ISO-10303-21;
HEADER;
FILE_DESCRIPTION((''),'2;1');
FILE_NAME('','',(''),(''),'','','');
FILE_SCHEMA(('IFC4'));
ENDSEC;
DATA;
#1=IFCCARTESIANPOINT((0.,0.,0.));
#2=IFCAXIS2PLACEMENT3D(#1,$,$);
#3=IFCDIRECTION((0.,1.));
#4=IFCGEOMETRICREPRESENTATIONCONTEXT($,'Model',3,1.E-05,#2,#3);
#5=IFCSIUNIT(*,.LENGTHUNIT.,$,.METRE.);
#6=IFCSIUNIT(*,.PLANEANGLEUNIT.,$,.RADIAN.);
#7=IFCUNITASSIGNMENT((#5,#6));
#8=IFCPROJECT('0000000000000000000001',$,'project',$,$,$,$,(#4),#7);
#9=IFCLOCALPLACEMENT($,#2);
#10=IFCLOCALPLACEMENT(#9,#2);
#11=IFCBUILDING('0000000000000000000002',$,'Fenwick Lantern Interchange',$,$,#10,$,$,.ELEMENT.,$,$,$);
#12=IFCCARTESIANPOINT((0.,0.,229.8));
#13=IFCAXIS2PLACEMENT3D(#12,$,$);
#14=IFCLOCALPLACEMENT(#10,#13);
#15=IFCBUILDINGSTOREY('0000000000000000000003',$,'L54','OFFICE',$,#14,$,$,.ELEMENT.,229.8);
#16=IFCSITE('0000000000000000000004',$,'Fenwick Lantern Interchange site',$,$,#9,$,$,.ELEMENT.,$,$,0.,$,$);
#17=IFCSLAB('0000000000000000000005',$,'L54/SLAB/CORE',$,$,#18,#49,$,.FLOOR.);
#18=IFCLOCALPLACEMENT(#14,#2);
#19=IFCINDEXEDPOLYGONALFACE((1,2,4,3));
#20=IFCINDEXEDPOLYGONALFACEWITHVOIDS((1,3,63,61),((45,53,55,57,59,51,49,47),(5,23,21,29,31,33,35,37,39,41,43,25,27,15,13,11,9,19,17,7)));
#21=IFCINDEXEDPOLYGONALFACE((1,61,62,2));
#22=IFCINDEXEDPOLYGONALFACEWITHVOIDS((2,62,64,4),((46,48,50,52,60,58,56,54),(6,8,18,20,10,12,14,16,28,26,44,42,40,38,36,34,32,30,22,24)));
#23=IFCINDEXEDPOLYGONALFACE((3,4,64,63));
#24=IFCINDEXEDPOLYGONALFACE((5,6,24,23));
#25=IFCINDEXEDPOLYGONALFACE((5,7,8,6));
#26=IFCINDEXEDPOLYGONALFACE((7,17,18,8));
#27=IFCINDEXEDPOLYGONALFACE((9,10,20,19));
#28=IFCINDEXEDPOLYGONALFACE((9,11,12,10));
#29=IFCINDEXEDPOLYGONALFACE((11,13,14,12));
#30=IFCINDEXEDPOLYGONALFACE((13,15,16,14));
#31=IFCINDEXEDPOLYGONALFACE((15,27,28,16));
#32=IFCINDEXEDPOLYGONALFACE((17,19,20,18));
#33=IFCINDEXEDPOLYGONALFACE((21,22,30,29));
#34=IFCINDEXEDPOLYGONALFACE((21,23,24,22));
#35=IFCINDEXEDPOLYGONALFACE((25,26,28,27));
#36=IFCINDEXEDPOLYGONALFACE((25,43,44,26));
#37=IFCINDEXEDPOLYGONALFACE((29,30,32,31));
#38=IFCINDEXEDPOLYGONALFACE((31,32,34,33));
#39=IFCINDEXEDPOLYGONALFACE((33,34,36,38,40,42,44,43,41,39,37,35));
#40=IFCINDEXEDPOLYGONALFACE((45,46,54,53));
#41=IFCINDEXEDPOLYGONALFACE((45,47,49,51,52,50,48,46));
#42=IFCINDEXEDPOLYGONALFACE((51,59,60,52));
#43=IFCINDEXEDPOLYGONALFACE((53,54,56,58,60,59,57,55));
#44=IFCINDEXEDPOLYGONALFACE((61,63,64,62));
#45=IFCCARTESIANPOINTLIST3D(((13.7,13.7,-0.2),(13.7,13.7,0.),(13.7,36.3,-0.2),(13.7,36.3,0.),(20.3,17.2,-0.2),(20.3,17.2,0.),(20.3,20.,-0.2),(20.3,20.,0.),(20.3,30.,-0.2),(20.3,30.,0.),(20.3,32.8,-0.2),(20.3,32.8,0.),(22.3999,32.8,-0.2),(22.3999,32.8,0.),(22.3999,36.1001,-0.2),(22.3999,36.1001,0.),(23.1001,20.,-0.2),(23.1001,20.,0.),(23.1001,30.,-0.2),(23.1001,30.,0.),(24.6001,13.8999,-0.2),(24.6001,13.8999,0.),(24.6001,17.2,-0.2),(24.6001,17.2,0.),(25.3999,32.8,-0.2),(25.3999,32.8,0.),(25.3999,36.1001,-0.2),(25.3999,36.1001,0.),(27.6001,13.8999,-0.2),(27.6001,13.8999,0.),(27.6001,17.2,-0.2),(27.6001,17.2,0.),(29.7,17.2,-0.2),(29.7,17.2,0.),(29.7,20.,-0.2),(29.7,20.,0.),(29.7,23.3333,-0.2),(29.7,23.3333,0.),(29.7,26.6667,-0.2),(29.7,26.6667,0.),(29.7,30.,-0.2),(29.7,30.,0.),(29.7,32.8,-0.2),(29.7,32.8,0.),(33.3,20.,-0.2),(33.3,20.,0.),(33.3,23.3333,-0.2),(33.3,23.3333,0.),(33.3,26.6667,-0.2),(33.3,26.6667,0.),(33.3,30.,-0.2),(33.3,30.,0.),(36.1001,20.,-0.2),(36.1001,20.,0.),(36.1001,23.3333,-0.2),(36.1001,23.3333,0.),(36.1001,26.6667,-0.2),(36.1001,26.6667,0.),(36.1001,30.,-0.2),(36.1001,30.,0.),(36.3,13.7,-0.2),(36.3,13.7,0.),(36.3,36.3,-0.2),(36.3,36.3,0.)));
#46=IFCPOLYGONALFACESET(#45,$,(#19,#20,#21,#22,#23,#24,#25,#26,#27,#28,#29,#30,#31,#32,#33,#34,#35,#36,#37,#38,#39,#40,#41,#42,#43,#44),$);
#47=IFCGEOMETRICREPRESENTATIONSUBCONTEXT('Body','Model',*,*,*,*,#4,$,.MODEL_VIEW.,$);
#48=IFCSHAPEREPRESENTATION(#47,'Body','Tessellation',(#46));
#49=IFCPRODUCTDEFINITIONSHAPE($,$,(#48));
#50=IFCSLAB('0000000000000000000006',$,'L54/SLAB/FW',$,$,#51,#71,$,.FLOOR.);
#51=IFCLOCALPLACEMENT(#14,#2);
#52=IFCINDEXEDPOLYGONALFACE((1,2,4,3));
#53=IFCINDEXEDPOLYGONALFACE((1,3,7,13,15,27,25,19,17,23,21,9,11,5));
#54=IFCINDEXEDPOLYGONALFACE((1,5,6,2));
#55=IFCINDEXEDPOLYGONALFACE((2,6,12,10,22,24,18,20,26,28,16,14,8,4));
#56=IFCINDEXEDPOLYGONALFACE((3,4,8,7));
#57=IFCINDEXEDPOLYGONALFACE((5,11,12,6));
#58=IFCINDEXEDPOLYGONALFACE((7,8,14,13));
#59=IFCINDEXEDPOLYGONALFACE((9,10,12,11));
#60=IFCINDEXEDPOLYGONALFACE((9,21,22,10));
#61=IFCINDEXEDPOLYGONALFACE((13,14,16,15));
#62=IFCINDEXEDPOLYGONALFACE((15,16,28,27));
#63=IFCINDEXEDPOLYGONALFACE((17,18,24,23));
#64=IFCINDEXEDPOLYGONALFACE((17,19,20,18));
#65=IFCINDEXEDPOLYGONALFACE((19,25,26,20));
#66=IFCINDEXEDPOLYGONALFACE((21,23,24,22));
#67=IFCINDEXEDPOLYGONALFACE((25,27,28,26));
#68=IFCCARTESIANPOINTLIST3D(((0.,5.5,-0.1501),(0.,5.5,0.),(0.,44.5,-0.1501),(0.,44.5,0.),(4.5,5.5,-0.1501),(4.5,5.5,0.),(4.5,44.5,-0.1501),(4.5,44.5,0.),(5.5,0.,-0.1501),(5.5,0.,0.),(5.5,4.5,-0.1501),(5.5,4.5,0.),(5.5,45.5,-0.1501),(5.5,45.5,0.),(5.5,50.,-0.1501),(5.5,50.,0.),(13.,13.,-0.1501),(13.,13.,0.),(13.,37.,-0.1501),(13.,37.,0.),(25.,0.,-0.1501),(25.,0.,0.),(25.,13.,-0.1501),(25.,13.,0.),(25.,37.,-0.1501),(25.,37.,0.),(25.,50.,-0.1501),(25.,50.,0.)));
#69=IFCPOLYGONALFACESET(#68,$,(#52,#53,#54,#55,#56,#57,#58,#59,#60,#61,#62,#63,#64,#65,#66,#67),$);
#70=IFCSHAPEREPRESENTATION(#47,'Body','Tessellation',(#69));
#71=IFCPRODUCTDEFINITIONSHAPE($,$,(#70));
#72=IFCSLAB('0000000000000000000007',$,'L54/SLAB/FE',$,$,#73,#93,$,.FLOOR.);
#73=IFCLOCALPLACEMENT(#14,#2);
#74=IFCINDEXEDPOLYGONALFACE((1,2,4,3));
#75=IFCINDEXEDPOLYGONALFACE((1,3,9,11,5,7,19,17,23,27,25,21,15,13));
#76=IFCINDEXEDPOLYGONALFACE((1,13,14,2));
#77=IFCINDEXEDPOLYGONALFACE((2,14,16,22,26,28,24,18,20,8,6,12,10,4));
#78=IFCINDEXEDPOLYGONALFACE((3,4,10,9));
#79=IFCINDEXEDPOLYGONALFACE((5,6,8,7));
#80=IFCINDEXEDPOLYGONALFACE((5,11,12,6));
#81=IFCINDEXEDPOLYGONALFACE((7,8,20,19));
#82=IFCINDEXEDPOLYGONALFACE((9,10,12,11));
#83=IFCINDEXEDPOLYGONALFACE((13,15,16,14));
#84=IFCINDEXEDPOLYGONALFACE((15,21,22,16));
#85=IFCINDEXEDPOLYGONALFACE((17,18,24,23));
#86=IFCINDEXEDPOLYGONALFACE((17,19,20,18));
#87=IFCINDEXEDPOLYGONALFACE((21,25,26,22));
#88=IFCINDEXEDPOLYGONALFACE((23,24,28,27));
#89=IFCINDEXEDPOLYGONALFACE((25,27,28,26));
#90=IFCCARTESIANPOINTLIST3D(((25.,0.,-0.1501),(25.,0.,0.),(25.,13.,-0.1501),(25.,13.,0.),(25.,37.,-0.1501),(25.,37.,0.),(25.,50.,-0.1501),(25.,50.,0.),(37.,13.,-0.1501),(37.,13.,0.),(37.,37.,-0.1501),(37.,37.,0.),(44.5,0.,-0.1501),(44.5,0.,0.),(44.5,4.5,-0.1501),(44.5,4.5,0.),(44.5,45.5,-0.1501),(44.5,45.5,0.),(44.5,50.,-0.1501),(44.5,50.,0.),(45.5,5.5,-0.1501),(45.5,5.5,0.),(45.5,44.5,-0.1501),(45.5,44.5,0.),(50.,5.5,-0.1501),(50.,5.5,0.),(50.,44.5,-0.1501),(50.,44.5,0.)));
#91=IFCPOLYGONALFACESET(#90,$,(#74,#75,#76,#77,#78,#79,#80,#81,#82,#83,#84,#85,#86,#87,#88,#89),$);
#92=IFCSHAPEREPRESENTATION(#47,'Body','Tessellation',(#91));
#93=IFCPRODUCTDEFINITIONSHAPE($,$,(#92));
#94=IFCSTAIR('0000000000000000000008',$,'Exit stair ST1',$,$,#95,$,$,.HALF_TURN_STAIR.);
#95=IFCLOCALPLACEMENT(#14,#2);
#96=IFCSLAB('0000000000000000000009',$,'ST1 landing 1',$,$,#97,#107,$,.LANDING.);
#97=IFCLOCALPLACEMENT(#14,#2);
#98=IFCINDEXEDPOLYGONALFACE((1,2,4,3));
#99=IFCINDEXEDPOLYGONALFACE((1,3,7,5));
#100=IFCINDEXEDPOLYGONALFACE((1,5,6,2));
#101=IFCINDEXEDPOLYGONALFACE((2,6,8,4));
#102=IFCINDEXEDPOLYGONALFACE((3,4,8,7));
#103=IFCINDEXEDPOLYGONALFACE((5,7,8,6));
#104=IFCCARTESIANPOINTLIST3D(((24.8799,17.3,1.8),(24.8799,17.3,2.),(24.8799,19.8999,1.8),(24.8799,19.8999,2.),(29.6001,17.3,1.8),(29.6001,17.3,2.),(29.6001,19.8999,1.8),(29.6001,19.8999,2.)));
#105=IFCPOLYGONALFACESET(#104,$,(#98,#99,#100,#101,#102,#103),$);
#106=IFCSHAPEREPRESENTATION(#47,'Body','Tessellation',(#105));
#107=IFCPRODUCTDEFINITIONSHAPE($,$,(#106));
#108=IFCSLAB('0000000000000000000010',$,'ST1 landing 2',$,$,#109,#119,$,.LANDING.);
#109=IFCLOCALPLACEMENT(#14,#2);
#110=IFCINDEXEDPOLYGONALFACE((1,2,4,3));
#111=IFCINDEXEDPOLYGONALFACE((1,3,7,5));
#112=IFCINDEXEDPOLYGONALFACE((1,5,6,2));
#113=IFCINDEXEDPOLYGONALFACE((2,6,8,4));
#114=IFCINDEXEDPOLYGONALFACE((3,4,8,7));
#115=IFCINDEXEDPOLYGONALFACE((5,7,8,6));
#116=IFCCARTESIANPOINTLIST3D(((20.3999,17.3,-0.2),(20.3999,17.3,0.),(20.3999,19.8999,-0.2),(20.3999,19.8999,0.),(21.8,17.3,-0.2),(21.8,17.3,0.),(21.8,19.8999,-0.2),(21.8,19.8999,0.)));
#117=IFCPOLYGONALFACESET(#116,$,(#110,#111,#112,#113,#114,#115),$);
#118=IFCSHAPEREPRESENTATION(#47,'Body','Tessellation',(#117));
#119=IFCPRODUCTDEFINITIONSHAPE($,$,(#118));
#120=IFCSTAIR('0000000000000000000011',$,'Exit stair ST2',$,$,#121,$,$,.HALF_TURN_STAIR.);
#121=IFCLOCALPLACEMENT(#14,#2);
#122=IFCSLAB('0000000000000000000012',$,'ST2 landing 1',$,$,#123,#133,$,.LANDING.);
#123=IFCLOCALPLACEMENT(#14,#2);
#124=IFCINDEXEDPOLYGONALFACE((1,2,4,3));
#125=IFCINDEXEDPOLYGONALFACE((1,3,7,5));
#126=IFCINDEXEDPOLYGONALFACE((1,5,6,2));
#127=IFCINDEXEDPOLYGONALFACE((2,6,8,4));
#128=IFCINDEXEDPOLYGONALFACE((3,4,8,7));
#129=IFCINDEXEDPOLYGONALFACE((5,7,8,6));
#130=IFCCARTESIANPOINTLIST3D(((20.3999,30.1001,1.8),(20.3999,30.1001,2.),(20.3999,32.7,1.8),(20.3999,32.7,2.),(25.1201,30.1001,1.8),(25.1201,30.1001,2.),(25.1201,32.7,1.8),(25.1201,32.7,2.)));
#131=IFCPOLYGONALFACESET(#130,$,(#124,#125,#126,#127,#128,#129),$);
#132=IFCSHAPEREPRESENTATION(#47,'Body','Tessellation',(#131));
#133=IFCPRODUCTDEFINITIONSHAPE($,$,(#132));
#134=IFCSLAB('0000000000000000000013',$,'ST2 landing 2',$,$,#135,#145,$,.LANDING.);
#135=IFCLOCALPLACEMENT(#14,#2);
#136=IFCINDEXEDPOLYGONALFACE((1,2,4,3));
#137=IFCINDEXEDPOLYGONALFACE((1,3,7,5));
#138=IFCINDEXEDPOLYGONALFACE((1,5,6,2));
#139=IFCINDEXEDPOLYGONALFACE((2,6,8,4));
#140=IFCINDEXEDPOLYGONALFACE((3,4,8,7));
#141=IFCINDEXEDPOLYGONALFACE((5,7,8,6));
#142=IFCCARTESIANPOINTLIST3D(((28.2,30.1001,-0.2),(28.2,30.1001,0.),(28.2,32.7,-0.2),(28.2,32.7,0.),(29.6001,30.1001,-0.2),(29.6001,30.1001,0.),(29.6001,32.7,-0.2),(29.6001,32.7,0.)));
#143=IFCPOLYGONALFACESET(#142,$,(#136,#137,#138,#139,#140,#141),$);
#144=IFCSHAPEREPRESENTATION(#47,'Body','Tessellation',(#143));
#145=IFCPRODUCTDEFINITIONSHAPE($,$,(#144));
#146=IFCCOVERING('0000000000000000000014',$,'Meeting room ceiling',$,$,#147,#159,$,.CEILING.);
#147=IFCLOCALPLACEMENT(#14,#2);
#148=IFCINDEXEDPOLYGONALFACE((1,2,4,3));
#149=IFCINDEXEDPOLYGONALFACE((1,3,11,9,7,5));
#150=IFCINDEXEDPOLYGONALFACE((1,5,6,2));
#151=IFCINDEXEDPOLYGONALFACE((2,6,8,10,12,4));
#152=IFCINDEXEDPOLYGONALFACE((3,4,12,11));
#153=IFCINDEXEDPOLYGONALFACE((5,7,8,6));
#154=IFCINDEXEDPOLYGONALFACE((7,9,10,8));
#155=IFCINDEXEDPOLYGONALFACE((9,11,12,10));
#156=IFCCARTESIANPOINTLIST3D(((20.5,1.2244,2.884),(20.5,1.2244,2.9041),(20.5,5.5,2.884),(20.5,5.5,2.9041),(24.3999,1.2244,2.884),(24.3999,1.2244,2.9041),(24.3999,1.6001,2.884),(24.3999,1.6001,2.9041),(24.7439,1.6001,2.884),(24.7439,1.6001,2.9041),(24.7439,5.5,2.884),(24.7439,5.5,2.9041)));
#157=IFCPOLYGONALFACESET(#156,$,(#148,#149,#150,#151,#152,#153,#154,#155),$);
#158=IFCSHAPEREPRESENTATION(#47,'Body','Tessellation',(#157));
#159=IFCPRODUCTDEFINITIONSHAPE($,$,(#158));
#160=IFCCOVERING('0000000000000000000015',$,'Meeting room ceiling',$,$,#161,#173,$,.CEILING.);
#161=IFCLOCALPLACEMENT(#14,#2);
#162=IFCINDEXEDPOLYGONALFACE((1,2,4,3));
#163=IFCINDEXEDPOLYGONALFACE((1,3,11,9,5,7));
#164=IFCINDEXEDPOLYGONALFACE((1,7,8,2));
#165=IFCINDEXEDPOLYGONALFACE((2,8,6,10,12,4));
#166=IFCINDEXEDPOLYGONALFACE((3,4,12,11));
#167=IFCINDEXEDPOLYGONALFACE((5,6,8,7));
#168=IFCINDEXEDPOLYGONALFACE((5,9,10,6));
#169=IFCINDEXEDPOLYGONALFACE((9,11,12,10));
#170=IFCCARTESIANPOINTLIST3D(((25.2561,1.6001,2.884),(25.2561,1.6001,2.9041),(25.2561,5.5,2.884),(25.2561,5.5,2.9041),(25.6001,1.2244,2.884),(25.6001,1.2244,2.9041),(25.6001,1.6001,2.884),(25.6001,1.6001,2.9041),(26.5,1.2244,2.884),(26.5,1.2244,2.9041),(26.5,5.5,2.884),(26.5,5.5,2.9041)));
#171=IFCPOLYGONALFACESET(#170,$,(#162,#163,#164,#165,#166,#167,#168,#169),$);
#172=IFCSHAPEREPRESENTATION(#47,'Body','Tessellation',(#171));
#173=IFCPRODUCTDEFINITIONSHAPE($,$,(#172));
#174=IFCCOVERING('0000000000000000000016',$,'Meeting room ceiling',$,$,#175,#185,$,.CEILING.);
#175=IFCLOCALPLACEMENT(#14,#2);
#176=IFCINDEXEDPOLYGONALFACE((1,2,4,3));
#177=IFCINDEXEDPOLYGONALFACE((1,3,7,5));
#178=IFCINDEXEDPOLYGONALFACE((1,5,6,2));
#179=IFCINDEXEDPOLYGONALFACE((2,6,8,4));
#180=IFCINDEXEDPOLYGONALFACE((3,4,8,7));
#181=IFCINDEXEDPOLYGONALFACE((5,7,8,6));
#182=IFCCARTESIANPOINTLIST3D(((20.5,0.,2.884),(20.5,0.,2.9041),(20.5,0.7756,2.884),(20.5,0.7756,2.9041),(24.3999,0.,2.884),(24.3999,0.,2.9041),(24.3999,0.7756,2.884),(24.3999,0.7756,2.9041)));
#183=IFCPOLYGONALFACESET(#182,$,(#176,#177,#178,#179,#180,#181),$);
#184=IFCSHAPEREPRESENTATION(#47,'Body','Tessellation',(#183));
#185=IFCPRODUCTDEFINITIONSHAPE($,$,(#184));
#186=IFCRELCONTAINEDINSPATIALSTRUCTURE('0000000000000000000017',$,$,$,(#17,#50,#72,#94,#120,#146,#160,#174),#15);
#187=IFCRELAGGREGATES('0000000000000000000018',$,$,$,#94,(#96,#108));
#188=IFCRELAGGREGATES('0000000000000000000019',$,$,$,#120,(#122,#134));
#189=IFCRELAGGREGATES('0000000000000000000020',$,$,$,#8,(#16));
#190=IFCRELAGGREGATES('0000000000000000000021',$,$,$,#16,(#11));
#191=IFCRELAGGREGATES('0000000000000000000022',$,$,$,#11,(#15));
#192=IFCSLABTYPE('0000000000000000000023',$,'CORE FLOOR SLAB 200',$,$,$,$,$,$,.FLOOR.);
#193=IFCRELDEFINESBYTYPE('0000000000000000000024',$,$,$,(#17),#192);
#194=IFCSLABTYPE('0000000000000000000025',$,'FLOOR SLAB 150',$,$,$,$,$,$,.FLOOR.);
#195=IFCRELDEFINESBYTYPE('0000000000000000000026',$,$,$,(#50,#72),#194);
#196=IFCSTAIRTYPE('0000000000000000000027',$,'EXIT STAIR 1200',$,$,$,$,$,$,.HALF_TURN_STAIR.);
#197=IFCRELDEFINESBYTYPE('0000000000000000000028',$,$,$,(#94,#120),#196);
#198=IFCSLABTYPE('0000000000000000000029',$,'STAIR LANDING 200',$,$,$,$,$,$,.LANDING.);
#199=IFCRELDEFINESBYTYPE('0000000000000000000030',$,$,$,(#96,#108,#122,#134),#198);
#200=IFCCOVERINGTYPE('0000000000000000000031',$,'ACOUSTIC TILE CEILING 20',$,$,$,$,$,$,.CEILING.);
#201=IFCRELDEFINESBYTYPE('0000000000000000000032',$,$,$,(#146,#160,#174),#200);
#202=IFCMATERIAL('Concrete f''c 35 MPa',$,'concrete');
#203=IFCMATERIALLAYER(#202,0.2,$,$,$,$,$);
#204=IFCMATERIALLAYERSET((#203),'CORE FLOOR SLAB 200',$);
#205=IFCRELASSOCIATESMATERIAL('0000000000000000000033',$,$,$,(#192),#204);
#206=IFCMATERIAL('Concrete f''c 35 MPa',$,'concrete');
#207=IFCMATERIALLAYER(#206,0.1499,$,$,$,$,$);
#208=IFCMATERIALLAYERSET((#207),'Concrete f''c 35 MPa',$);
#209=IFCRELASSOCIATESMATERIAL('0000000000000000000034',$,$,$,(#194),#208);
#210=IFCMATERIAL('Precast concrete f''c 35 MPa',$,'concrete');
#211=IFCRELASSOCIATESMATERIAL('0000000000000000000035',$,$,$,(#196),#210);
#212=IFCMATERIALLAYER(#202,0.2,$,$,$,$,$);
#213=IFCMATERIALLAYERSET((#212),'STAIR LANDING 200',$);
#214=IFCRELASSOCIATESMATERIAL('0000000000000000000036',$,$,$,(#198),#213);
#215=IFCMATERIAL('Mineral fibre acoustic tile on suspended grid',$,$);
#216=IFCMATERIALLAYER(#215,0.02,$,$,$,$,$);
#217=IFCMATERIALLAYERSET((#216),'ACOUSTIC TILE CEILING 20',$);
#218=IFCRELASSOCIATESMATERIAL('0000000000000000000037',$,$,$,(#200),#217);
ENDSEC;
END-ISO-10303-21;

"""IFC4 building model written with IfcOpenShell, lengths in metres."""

from ifc_helpers import new_model, si_unit, direction, frame, origin, place, context, subcontext, project, spatial, polyline, outline, extrude, material, layer, layer_set, type_object, element, aggregate, save


model = new_model("IFC4")

# Units and contexts
model_context = context("Model", 3, precision=1e-05, world=origin(), true_north=direction((0.0, 1.0)))
body_context = subcontext(model_context, "Body", "Model", "MODEL_VIEW")
ifc_project = project(units=[si_unit("LENGTHUNIT", "METRE"), si_unit("PLANEANGLEUNIT", "RADIAN")], contexts=[model_context])

# Site, building, storey
site_placement = place(None, origin())
site = spatial("IfcSite", under=ifc_project, at=site_placement, Name="Fenwick Lantern Interchange site", CompositionType="ELEMENT", RefElevation=0.0)
building_placement = place(site_placement, origin())
building = spatial("IfcBuilding", under=site, at=building_placement, Name="Fenwick Lantern Interchange", CompositionType="ELEMENT")
storey_placement = place(building_placement, frame((0.0, 0.0, 229.8)))
storey = spatial("IfcBuildingStorey", under=building, at=storey_placement, Name="L54", Description="OFFICE", CompositionType="ELEMENT", Elevation=229.8)

# Slabs
ifc_material_1 = material(Name="Concrete f'c 35 MPa", Category="concrete")
ifc_layer_1 = layer(ifc_material_1, 0.2)
ifc_layer_set_1 = layer_set([ifc_layer_1], Name="CORE FLOOR SLAB 200")
slab_type_1 = type_object("IfcSlabType", Name="CORE FLOOR SLAB 200", PredefinedType="FLOOR", material=ifc_layer_set_1)
slab_1_placement = place(storey_placement, frame((0.0, 0.0, -0.2)))
element("IfcSlab", 1, at=slab_1_placement, inside=storey, type_object=slab_type_1, Name="L54/SLAB/CORE", PredefinedType="FLOOR", context=body_context, shape_type="SweptSolid", body=[
    extrude(outline(polyline([(13.7, 36.3), (36.3, 36.3), (36.3, 13.7), (13.7, 13.7), (13.7, 36.3)]), holes=[polyline([(24.6001, 13.8999), (27.6001, 13.8999), (27.6001, 17.2), (29.7, 17.2), (29.7, 20.0), (29.7, 23.3333), (29.7, 26.6667), (29.7, 30.0), (29.7, 32.8), (25.3999, 32.8), (25.3999, 36.1001), (22.3999, 36.1001), (22.3999, 32.8), (20.3, 32.8), (20.3, 30.0), (23.1001, 30.0), (23.1001, 20.0), (20.3, 20.0), (20.3, 17.2), (24.6001, 17.2), (24.6001, 13.8999)]), polyline([(33.3, 23.3333), (33.3, 20.0), (36.1001, 20.0), (36.1001, 23.3333), (36.1001, 26.6667), (36.1001, 30.0), (33.3, 30.0), (33.3, 26.6667), (33.3, 23.3333)])]), origin(), (0.0, 0.0, 1.0), 0.2),
])
ifc_material_2 = material(Name="Concrete f'c 35 MPa", Category="concrete")
ifc_layer_2 = layer(ifc_material_2, 0.1499)
ifc_layer_set_2 = layer_set([ifc_layer_2], Name="Concrete f'c 35 MPa")
slab_type_2 = type_object("IfcSlabType", Name="FLOOR SLAB 150", PredefinedType="FLOOR", material=ifc_layer_set_2)
slab_2_placement = place(storey_placement, frame((0.0, 0.0, -0.1501)))
element("IfcSlab", 2, at=slab_2_placement, inside=storey, type_object=slab_type_2, Name="L54/SLAB/FW", PredefinedType="FLOOR", context=body_context, shape_type="SweptSolid", body=[
    extrude(outline(polyline([(5.5, 0.0), (5.5, 4.5), (4.5, 5.5), (0.0, 5.5), (0.0, 44.5), (4.5, 44.5), (5.5, 45.5), (5.5, 50.0), (25.0, 50.0), (25.0, 37.0), (13.0, 37.0), (13.0, 13.0), (25.0, 13.0), (25.0, 0.0), (5.5, 0.0)])), origin(), (0.0, 0.0, 1.0), 0.1501),
])
slab_3_placement = place(storey_placement, frame((0.0, 0.0, -0.1501)))
element("IfcSlab", 3, at=slab_3_placement, inside=storey, type_object=slab_type_2, Name="L54/SLAB/FE", PredefinedType="FLOOR", context=body_context, shape_type="SweptSolid", body=[
    extrude(outline(polyline([(44.5, 50.0), (44.5, 45.5), (45.5, 44.5), (50.0, 44.5), (50.0, 5.5), (45.5, 5.5), (44.5, 4.5), (44.5, 0.0), (25.0, 0.0), (25.0, 13.0), (37.0, 13.0), (37.0, 37.0), (25.0, 37.0), (25.0, 50.0), (44.5, 50.0)])), origin(), (0.0, 0.0, 1.0), 0.1501),
])

# Stairs, slabs
ifc_material_3 = material(Name="Precast concrete f'c 35 MPa", Category="concrete")
stair_type = type_object("IfcStairType", Name="EXIT STAIR 1200", PredefinedType="HALF_TURN_STAIR", material=ifc_material_3)
stair_1_placement = place(storey_placement, origin())
stair_1 = element("IfcStair", 4, at=stair_1_placement, inside=storey, type_object=stair_type, Name="Exit stair ST1", PredefinedType="HALF_TURN_STAIR")
ifc_layer_3 = layer(ifc_material_1, 0.2)
ifc_layer_set_3 = layer_set([ifc_layer_3], Name="STAIR LANDING 200")
slab_type_3 = type_object("IfcSlabType", Name="STAIR LANDING 200", PredefinedType="LANDING", material=ifc_layer_set_3)
slab_4_placement = place(storey_placement, frame((0.0, 0.0, 1.8)))
slab_4 = element("IfcSlab", 5, at=slab_4_placement, type_object=slab_type_3, Name="ST1 landing 1", PredefinedType="LANDING", context=body_context, shape_type="SweptSolid", body=[
    extrude(outline(polyline([(24.8799, 17.3), (29.6001, 17.3), (29.6001, 19.8999), (24.8799, 19.8999), (24.8799, 17.3)])), origin(), (0.0, 0.0, 1.0), 0.2),
])
slab_5_placement = place(storey_placement, frame((0.0, 0.0, -0.2)))
slab_5 = element("IfcSlab", 6, at=slab_5_placement, type_object=slab_type_3, Name="ST1 landing 2", PredefinedType="LANDING", context=body_context, shape_type="SweptSolid", body=[
    extrude(outline(polyline([(20.3999, 17.3), (21.8, 17.3), (21.8, 19.8999), (20.3999, 19.8999), (20.3999, 17.3)])), origin(), (0.0, 0.0, 1.0), 0.2),
])
aggregate(stair_1, [slab_4, slab_5])
stair_2_placement = place(storey_placement, origin())
stair_2 = element("IfcStair", 7, at=stair_2_placement, inside=storey, type_object=stair_type, Name="Exit stair ST2", PredefinedType="HALF_TURN_STAIR")
slab_6_placement = place(storey_placement, frame((0.0, 0.0, 1.8)))
slab_6 = element("IfcSlab", 8, at=slab_6_placement, type_object=slab_type_3, Name="ST2 landing 1", PredefinedType="LANDING", context=body_context, shape_type="SweptSolid", body=[
    extrude(outline(polyline([(25.1201, 32.7), (20.3999, 32.7), (20.3999, 30.1001), (25.1201, 30.1001), (25.1201, 32.7)])), origin(), (0.0, 0.0, 1.0), 0.2),
])
slab_7_placement = place(storey_placement, frame((0.0, 0.0, -0.2)))
slab_7 = element("IfcSlab", 9, at=slab_7_placement, type_object=slab_type_3, Name="ST2 landing 2", PredefinedType="LANDING", context=body_context, shape_type="SweptSolid", body=[
    extrude(outline(polyline([(29.6001, 32.7), (28.2, 32.7), (28.2, 30.1001), (29.6001, 30.1001), (29.6001, 32.7)])), origin(), (0.0, 0.0, 1.0), 0.2),
])
aggregate(stair_2, [slab_6, slab_7])

# Coverings
ifc_material_4 = material(Name="Mineral fibre acoustic tile on suspended grid")
ifc_layer_4 = layer(ifc_material_4, 0.02)
ifc_layer_set_4 = layer_set([ifc_layer_4], Name="ACOUSTIC TILE CEILING 20")
covering_type_1 = type_object("IfcCoveringType", Name="ACOUSTIC TILE CEILING 20", PredefinedType="CEILING", material=ifc_layer_set_4)
covering_1_placement = place(storey_placement, frame((0.0, 0.0, 2.884)))
element("IfcCovering", 10, at=covering_1_placement, inside=storey, type_object=covering_type_1, Name="Meeting room ceiling", PredefinedType="CEILING", context=body_context, shape_type="SweptSolid", body=[
    extrude(outline(polyline([(20.5, 5.5), (20.5, 1.2244), (24.3999, 1.2244), (24.3999, 1.6001), (24.7439, 1.6001), (24.7439, 5.5), (20.5, 5.5)])), origin(), (0.0, 0.0, 1.0), 0.02),
])
covering_2_placement = place(storey_placement, frame((0.0, 0.0, 2.884)))
element("IfcCovering", 11, at=covering_2_placement, inside=storey, type_object=covering_type_1, Name="Meeting room ceiling", PredefinedType="CEILING", context=body_context, shape_type="SweptSolid", body=[
    extrude(outline(polyline([(26.5, 5.5), (25.2561, 5.5), (25.2561, 1.6001), (25.6001, 1.6001), (25.6001, 1.2244), (26.5, 1.2244), (26.5, 5.5)])), origin(), (0.0, 0.0, 1.0), 0.02),
])
covering_3_placement = place(storey_placement, frame((0.0, 0.0, 2.884)))
element("IfcCovering", 12, at=covering_3_placement, inside=storey, type_object=covering_type_1, Name="Meeting room ceiling", PredefinedType="CEILING", context=body_context, shape_type="SweptSolid", body=[
    extrude(outline(polyline([(20.5, 0.7756), (20.5, 0.0), (24.3999, 0.0), (24.3999, 0.7756), (20.5, 0.7756)])), origin(), (0.0, 0.0, 1.0), 0.02),
])

save(model, "model.ifc")
